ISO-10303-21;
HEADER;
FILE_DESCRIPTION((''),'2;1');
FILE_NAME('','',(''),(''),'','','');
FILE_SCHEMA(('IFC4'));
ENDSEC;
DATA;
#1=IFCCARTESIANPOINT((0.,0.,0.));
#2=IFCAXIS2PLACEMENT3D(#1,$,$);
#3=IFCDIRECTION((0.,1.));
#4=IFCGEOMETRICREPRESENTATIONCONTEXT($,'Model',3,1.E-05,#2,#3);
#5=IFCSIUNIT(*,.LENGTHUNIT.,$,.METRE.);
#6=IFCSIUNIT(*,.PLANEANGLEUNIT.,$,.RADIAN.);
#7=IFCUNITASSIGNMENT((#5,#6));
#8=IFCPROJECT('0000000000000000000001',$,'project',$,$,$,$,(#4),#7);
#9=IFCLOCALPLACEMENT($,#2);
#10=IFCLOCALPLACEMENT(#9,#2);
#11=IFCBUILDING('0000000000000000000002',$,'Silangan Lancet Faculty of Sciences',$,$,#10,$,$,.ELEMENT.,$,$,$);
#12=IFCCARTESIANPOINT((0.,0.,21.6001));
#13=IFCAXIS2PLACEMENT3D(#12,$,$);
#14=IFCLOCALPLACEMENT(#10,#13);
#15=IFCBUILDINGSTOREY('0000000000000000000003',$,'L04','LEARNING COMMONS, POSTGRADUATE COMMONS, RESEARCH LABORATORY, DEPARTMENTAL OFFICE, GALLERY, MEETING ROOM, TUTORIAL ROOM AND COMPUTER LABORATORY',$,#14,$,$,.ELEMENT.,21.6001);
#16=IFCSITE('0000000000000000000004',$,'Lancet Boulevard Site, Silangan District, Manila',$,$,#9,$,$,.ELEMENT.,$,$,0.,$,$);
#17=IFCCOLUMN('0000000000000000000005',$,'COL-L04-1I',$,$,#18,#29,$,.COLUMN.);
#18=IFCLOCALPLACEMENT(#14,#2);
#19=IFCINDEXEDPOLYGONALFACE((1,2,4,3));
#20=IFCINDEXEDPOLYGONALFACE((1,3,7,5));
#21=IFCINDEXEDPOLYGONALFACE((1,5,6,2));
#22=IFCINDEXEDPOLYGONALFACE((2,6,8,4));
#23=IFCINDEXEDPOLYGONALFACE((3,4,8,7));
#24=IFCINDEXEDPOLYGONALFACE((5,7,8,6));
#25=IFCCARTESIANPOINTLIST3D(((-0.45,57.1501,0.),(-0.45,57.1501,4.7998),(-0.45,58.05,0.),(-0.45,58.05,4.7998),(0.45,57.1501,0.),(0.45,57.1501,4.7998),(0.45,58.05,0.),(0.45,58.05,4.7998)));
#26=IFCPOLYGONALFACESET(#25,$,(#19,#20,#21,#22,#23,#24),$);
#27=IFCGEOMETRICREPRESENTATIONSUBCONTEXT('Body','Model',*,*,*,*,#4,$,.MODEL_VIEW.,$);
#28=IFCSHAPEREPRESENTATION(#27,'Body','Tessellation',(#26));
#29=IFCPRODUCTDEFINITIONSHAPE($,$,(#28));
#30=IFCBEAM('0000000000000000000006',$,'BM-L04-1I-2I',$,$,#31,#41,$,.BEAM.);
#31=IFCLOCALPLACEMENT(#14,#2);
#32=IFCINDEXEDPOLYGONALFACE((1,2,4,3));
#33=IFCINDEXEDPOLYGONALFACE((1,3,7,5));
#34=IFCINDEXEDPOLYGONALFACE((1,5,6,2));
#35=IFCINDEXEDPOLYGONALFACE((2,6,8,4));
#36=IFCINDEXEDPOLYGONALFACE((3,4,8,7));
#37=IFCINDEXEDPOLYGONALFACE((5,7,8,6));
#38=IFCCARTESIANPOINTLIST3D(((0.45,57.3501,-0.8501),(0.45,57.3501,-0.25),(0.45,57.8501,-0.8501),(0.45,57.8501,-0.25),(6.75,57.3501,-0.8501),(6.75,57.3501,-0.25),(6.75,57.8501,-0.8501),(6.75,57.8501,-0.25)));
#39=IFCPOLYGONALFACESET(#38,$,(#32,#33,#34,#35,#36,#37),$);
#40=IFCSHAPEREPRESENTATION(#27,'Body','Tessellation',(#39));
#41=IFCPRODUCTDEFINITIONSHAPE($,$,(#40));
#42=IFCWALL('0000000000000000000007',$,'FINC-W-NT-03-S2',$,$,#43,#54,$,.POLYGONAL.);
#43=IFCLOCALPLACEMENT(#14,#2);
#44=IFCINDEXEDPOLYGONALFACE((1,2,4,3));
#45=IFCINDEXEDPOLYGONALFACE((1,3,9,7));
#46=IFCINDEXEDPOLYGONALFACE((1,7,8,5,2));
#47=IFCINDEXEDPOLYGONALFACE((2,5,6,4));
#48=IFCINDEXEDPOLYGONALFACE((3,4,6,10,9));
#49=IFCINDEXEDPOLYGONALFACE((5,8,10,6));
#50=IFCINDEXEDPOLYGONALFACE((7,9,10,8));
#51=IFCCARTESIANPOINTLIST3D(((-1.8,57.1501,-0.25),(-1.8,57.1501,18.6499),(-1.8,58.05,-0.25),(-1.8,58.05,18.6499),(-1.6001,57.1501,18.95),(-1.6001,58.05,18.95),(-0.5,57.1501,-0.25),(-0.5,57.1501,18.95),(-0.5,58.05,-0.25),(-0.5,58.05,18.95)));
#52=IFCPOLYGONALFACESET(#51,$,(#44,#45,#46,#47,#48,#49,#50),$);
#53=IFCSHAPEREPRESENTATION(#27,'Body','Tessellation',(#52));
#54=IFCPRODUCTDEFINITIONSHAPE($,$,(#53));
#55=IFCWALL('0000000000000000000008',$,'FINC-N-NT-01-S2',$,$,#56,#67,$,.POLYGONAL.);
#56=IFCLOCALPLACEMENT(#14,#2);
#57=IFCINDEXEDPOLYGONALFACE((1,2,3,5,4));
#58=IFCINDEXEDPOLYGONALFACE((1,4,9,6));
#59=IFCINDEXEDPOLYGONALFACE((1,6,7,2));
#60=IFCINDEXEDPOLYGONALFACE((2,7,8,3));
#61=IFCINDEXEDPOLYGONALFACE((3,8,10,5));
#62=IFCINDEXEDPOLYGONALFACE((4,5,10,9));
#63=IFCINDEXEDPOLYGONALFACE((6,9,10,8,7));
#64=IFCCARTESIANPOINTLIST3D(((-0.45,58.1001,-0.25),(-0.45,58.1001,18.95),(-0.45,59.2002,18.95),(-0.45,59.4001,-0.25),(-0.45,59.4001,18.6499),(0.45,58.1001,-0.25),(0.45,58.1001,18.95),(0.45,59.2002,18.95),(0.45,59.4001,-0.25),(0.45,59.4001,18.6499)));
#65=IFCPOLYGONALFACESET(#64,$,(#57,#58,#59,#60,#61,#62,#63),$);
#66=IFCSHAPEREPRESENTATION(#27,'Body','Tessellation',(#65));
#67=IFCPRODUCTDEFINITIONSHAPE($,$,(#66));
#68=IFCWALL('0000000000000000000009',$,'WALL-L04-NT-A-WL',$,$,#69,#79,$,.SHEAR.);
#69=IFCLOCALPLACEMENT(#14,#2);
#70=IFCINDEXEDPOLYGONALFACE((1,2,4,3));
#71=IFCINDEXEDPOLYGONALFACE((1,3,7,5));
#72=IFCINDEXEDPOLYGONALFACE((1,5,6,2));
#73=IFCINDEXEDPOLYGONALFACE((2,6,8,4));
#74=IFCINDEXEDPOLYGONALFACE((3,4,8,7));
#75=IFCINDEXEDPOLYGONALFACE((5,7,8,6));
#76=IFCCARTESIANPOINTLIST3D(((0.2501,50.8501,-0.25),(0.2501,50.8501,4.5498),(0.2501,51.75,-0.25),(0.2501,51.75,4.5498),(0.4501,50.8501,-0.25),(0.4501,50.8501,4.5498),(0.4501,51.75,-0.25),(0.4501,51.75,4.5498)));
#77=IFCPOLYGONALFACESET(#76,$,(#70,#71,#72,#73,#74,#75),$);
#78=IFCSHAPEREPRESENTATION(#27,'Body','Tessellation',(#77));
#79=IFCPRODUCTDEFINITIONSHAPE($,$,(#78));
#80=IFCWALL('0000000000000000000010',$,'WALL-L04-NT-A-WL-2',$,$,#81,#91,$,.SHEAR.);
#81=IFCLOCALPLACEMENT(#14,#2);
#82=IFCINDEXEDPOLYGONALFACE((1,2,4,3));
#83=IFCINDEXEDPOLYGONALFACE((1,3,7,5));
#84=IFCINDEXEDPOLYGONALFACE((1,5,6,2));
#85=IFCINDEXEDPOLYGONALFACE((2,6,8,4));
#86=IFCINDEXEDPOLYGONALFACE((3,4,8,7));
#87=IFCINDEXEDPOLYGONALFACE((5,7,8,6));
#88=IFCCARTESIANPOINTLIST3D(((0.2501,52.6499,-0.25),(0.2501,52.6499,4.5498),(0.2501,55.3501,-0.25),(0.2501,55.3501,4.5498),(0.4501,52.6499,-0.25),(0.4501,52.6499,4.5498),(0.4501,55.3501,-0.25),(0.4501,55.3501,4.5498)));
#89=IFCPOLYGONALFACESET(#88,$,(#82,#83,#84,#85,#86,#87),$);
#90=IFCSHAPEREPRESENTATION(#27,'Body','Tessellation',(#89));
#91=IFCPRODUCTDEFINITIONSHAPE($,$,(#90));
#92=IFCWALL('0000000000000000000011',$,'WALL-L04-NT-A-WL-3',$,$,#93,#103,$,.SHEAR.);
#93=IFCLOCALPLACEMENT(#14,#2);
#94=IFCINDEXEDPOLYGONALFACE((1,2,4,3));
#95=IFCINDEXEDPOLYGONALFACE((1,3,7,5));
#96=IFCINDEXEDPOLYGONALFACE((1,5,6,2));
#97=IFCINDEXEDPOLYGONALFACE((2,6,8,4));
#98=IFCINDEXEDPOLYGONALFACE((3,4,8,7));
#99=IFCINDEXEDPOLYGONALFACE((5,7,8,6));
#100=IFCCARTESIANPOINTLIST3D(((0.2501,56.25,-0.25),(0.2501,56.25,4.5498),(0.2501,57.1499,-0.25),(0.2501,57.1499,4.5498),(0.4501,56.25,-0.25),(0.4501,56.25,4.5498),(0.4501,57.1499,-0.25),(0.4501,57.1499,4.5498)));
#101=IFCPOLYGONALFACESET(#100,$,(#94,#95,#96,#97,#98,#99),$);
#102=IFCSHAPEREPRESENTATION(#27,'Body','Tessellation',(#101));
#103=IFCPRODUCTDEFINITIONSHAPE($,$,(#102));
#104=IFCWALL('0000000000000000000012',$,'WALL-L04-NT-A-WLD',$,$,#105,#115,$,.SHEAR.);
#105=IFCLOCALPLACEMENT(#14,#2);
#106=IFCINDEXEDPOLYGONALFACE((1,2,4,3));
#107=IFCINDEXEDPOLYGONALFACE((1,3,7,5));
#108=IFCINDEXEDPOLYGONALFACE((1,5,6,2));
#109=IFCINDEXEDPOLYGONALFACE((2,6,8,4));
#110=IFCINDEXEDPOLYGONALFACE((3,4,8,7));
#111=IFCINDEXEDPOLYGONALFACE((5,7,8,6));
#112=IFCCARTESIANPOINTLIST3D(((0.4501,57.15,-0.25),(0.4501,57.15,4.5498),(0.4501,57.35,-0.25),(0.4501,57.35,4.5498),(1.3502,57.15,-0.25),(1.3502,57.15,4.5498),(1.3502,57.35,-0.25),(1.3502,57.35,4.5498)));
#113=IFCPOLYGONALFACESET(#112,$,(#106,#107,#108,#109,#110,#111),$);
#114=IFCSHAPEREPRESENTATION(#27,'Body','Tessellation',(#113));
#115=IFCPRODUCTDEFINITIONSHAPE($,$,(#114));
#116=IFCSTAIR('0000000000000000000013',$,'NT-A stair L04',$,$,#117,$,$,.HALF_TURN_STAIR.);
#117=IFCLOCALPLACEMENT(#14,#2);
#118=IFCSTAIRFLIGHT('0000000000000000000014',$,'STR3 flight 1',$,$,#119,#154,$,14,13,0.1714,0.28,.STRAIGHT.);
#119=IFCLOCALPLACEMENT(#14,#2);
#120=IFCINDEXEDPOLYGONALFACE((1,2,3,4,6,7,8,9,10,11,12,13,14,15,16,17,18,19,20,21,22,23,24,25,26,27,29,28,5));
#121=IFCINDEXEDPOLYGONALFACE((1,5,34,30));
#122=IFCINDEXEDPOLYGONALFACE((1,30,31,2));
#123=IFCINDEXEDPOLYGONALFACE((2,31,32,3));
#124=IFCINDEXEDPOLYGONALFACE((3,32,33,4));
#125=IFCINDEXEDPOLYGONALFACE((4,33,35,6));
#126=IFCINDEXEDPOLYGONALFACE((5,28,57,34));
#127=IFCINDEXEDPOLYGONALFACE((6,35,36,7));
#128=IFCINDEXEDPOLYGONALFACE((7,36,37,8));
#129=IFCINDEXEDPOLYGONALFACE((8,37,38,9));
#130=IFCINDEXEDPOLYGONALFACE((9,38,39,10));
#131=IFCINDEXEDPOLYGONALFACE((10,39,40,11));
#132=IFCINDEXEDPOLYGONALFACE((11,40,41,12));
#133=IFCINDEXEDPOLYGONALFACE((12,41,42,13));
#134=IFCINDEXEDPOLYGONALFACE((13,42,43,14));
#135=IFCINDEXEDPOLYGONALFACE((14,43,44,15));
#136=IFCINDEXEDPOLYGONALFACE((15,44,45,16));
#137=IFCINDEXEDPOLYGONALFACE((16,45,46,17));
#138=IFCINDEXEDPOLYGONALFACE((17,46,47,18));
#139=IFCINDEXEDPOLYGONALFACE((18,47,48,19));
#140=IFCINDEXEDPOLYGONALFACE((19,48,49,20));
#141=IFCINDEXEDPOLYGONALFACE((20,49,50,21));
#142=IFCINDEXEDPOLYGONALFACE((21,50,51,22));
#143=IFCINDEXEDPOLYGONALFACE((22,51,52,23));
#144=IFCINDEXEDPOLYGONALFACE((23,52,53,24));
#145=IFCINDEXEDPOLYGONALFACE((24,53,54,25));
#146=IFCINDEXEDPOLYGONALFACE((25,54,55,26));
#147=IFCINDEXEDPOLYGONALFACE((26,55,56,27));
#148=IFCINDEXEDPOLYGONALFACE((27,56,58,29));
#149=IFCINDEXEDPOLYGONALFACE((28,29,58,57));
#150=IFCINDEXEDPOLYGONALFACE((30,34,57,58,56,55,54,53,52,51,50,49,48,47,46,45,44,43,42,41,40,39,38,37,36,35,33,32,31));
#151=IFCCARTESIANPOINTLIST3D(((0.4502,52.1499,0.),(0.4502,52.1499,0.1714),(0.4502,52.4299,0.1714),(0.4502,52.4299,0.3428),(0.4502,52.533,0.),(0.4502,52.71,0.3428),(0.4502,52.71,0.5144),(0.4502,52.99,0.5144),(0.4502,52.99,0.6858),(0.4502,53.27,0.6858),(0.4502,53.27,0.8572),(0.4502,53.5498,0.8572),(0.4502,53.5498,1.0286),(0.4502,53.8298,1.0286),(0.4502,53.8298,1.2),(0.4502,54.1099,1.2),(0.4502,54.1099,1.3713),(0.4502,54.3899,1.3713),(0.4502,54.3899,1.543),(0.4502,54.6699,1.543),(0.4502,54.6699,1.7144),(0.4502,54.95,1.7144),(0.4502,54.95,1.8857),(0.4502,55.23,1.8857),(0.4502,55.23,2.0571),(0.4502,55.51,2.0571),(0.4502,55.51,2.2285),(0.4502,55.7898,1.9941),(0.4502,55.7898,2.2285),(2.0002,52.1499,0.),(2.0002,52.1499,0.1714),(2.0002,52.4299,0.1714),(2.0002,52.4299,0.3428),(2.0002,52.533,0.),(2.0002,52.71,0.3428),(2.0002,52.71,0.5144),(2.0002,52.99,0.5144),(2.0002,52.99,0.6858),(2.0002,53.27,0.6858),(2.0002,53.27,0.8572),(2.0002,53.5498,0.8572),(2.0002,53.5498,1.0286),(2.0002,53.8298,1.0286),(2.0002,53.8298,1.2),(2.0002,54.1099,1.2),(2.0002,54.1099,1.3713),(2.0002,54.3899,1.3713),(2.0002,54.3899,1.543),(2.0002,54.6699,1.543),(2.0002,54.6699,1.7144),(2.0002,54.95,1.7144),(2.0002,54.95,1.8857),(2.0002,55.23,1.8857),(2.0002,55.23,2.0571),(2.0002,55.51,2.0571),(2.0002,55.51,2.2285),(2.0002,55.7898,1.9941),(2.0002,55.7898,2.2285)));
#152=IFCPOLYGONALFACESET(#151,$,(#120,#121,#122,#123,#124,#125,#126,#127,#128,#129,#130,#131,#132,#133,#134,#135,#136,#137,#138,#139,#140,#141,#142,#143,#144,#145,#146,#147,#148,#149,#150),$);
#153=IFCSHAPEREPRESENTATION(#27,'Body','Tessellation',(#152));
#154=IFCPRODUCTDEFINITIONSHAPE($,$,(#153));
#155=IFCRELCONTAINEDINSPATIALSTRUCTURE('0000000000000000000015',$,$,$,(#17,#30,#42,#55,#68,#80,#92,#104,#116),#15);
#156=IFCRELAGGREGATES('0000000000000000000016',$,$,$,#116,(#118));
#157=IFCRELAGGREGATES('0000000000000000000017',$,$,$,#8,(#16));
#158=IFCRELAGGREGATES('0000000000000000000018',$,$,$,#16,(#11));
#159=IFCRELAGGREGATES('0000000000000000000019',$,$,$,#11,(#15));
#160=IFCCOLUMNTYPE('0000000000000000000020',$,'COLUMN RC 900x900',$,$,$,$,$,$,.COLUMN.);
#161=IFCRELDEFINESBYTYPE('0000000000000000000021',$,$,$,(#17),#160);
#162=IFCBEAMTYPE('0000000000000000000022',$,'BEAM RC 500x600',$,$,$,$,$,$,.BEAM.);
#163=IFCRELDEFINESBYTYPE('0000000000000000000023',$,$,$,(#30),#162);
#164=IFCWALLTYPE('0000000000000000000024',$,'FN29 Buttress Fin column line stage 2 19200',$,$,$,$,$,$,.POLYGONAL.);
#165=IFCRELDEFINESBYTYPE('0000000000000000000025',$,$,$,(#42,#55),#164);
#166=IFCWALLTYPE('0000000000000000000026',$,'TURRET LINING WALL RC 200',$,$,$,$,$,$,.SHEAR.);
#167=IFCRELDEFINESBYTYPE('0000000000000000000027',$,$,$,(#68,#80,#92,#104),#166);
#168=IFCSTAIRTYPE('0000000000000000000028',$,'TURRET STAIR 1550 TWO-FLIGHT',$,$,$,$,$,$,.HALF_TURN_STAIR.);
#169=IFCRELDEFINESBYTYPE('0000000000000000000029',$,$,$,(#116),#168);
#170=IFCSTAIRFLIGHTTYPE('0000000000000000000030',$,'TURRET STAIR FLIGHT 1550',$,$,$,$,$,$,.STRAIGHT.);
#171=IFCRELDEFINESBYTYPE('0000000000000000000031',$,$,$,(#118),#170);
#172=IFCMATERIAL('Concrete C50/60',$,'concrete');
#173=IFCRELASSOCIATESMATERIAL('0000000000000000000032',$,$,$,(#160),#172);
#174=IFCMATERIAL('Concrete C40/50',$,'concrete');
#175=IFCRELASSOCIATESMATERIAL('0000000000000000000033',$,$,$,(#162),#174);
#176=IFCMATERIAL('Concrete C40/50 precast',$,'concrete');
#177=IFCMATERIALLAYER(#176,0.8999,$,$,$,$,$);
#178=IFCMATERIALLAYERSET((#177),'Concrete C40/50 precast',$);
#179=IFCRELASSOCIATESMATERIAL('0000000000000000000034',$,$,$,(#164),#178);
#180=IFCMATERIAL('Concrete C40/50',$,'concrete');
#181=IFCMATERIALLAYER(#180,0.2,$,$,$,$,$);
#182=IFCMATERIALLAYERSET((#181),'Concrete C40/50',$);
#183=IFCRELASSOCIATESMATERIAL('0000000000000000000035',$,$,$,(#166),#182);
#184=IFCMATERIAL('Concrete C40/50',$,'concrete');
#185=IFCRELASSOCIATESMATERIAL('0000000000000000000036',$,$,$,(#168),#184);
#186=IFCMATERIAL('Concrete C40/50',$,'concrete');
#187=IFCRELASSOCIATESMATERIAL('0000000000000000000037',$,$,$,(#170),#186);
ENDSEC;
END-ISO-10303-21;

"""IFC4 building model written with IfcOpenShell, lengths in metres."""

from ifc_helpers import new_model, si_unit, direction, frame, frame_2d, origin, origin_2d, place, context, subcontext, project, spatial, polyline, rectangle, outline, extrude, material, layer, layer_set, material_profile, profile_set, type_object, element, aggregate, save


model = new_model("IFC4")

# Units and contexts
model_context = context("Model", 3, precision=1e-05, world=origin(), true_north=direction((0.0, 1.0)))
body_context = subcontext(model_context, "Body", "Model", "MODEL_VIEW")
ifc_project = project(units=[si_unit("LENGTHUNIT", "METRE"), si_unit("PLANEANGLEUNIT", "RADIAN")], contexts=[model_context])

# Site, building, storey
site_placement = place(None, origin())
site = spatial("IfcSite", under=ifc_project, at=site_placement, Name="Lancet Boulevard Site, Silangan District, Manila", CompositionType="ELEMENT", RefElevation=0.0)
building_placement = place(site_placement, origin())
building = spatial("IfcBuilding", under=site, at=building_placement, Name="Silangan Lancet Faculty of Sciences", CompositionType="ELEMENT")
storey_placement = place(building_placement, frame((0.0, 0.0, 21.6001)))
storey = spatial("IfcBuildingStorey", under=building, at=storey_placement, Name="L04", Description="LEARNING COMMONS, POSTGRADUATE COMMONS, RESEARCH LABORATORY, DEPARTMENTAL OFFICE, GALLERY, MEETING ROOM, TUTORIAL ROOM AND COMPUTER LABORATORY", CompositionType="ELEMENT", Elevation=21.6001)

# Column
ifc_material_1 = material(Name="Concrete C50/60", Category="concrete")
ifc_material_profile_1 = material_profile(ifc_material_1, rectangle(XDim=0.8999, YDim=0.8999, at=origin_2d()), Name="RC 900x900")
ifc_profile_set_1 = profile_set([ifc_material_profile_1], Name="Concrete C50/60")
column_type = type_object("IfcColumnType", Name="COLUMN RC 900x900", PredefinedType="COLUMN", material=ifc_profile_set_1)
column_placement = place(storey_placement, frame((0.0, 57.6001, 0.0), z_axis=(0.0, 0.0, 1.0), x_axis=(1.0, 0.0, 0.0)))
element("IfcColumn", 1, at=column_placement, inside=storey, type_object=column_type, Name="COL-L04-1I", PredefinedType="COLUMN", context=body_context, shape_type="SweptSolid", body=[
    extrude(rectangle(XDim=0.8999, YDim=0.8999, at=origin_2d()), origin(), (0.0, 0.0, 1.0), 4.7998),
])

# Beam
ifc_material_2 = material(Name="Concrete C40/50", Category="concrete")
ifc_material_profile_2 = material_profile(ifc_material_2, rectangle(XDim=0.5, YDim=0.6001, at=origin_2d()), Name="RC 500x600")
ifc_profile_set_2 = profile_set([ifc_material_profile_2], Name="Concrete C40/50")
beam_type = type_object("IfcBeamType", Name="BEAM RC 500x600", PredefinedType="BEAM", material=ifc_profile_set_2)
beam_placement = place(storey_placement, frame((0.45, 57.6001, -0.55), z_axis=(1.0, 0.0, 0.0), x_axis=(0.0, 1.0, 0.0)))
element("IfcBeam", 2, at=beam_placement, inside=storey, type_object=beam_type, Name="BM-L04-1I-2I", PredefinedType="BEAM", context=body_context, shape_type="SweptSolid", body=[
    extrude(rectangle(XDim=0.5, YDim=0.6001, at=origin_2d()), origin(), (0.0, 0.0, 1.0), 6.3),
])

# Walls
ifc_material_3 = material(Name="Concrete C40/50 precast", Category="concrete")
ifc_layer_1 = layer(ifc_material_3, 0.8999)
ifc_layer_set_1 = layer_set([ifc_layer_1], Name="Concrete C40/50 precast")
wall_type_1 = type_object("IfcWallType", Name="FN29 Buttress Fin column line stage 2 19200", PredefinedType="POLYGONAL", material=ifc_layer_set_1)
for number, where, z_axis, x_axis, name in (
    (3, (-0.5, 57.6001, -0.25), (0.0, 0.0, 1.0), (-1.0, 0.0, 0.0), "FINC-W-NT-03-S2"),
    (4, (0.0, 58.1001, -0.25), (0.0, 0.0, 1.0), (0.0, 1.0, 0.0), "FINC-N-NT-01-S2"),
):
    element("IfcWall", number, at=place(storey_placement, frame(where, z_axis=z_axis, x_axis=x_axis)), inside=storey, type_object=wall_type_1, Name=name, PredefinedType="POLYGONAL", context=body_context, shape_type="SweptSolid", body=[
        extrude(outline(polyline([(1.3, 0.0), (1.3, 18.8999), (1.1001, 19.2), (0.0, 19.2), (0.0, 0.0), (1.3, 0.0)])), frame((0.0, 0.45, 0.0), z_axis=(0.0, -1.0, 0.0), x_axis=(1.0, 0.0, 0.0)), (0.0, 0.0, 1.0), 0.8999),
    ])
ifc_material_4 = material(Name="Concrete C40/50", Category="concrete")
ifc_layer_2 = layer(ifc_material_4, 0.2)
ifc_layer_set_2 = layer_set([ifc_layer_2], Name="Concrete C40/50")
wall_type_2 = type_object("IfcWallType", Name="TURRET LINING WALL RC 200", PredefinedType="SHEAR", material=ifc_layer_set_2)
wall_1_placement = place(storey_placement, frame((0.3501, 50.8501, -0.25), z_axis=(0.0, 0.0, 1.0), x_axis=(0.0, 1.0, 0.0)))
element("IfcWall", 5, at=wall_1_placement, inside=storey, type_object=wall_type_2, Name="WALL-L04-NT-A-WL", PredefinedType="SHEAR", context=body_context, shape_type="SweptSolid", body=[
    extrude(rectangle(XDim=0.8999, YDim=0.2, at=frame_2d((0.45, 0.0))), origin(), (0.0, 0.0, 1.0), 4.7998),
])
wall_2_placement = place(storey_placement, frame((0.3501, 52.6499, -0.25), z_axis=(0.0, 0.0, 1.0), x_axis=(0.0, 1.0, 0.0)))
element("IfcWall", 6, at=wall_2_placement, inside=storey, type_object=wall_type_2, Name="WALL-L04-NT-A-WL-2", PredefinedType="SHEAR", context=body_context, shape_type="SweptSolid", body=[
    extrude(rectangle(XDim=2.7002, YDim=0.2, at=frame_2d((1.3501, 0.0))), origin(), (0.0, 0.0, 1.0), 4.7998),
])
wall_3_placement = place(storey_placement, frame((0.3501, 56.25, -0.25), z_axis=(0.0, 0.0, 1.0), x_axis=(0.0, 1.0, 0.0)))
element("IfcWall", 7, at=wall_3_placement, inside=storey, type_object=wall_type_2, Name="WALL-L04-NT-A-WL-3", PredefinedType="SHEAR", context=body_context, shape_type="SweptSolid", body=[
    extrude(rectangle(XDim=0.8999, YDim=0.2, at=frame_2d((0.45, 0.0))), origin(), (0.0, 0.0, 1.0), 4.7998),
])
wall_4_placement = place(storey_placement, frame((0.45, 57.25, -0.25), z_axis=(0.0, 0.0, 1.0), x_axis=(1.0, 0.0, 0.0)))
element("IfcWall", 8, at=wall_4_placement, inside=storey, type_object=wall_type_2, Name="WALL-L04-NT-A-WLD", PredefinedType="SHEAR", context=body_context, shape_type="SweptSolid", body=[
    extrude(rectangle(XDim=0.9001, YDim=0.2, at=frame_2d((0.4502, 0.0))), origin(), (0.0, 0.0, 1.0), 4.7998),
])

# Stair, stair flight
ifc_material_5 = material(Name="Concrete C40/50", Category="concrete")
stair_type = type_object("IfcStairType", Name="TURRET STAIR 1550 TWO-FLIGHT", PredefinedType="HALF_TURN_STAIR", material=ifc_material_5)
stair_placement = place(storey_placement, origin())
stair = element("IfcStair", 9, at=stair_placement, inside=storey, type_object=stair_type, Name="NT-A stair L04", PredefinedType="HALF_TURN_STAIR")
ifc_material_6 = material(Name="Concrete C40/50", Category="concrete")
stair_flight_type = type_object("IfcStairFlightType", Name="TURRET STAIR FLIGHT 1550", PredefinedType="STRAIGHT", material=ifc_material_6)
stair_flight_placement = place(storey_placement, frame((1.2251, 52.1499, 0.0), z_axis=(0.0, 0.0, 1.0), x_axis=(0.0, 1.0, 0.0)))
stair_flight = element("IfcStairFlight", 10, at=stair_flight_placement, type_object=stair_flight_type, Name="STR3 flight 1", NumberOfRisers=14, NumberOfTreads=13, PredefinedType="STRAIGHT", RiserHeight=0.1714, TreadLength=0.28, context=body_context, shape_type="SweptSolid", body=[
    extrude(outline(polyline([(0.0, 0.0), (0.0, 0.1714), (0.28, 0.1714), (0.28, 0.3428), (0.5601, 0.3428), (0.5601, 0.5144), (0.8401, 0.5144), (0.8401, 0.6858), (1.1201, 0.6858), (1.1201, 0.8572), (1.3999, 0.8572), (1.3999, 1.0286), (1.6799, 1.0286), (1.6799, 1.2), (1.96, 1.2), (1.96, 1.3713), (2.24, 1.3713), (2.24, 1.543), (2.52, 1.543), (2.52, 1.7144), (2.8, 1.7144), (2.8, 1.8857), (3.0801, 1.8857), (3.0801, 2.0571), (3.3601, 2.0571), (3.3601, 2.2285), (3.6399, 2.2285), (3.6399, 2.3999), (3.6399, 1.9941), (0.3831, 0.0), (0.0, 0.0)])), frame((0.0, 0.7749, 0.0), z_axis=(0.0, -1.0, 0.0), x_axis=(1.0, 0.0, 0.0)), (0.0, 0.0, 1.0), 1.55),
])
aggregate(stair, [stair_flight])

save(model, "model.ifc")
